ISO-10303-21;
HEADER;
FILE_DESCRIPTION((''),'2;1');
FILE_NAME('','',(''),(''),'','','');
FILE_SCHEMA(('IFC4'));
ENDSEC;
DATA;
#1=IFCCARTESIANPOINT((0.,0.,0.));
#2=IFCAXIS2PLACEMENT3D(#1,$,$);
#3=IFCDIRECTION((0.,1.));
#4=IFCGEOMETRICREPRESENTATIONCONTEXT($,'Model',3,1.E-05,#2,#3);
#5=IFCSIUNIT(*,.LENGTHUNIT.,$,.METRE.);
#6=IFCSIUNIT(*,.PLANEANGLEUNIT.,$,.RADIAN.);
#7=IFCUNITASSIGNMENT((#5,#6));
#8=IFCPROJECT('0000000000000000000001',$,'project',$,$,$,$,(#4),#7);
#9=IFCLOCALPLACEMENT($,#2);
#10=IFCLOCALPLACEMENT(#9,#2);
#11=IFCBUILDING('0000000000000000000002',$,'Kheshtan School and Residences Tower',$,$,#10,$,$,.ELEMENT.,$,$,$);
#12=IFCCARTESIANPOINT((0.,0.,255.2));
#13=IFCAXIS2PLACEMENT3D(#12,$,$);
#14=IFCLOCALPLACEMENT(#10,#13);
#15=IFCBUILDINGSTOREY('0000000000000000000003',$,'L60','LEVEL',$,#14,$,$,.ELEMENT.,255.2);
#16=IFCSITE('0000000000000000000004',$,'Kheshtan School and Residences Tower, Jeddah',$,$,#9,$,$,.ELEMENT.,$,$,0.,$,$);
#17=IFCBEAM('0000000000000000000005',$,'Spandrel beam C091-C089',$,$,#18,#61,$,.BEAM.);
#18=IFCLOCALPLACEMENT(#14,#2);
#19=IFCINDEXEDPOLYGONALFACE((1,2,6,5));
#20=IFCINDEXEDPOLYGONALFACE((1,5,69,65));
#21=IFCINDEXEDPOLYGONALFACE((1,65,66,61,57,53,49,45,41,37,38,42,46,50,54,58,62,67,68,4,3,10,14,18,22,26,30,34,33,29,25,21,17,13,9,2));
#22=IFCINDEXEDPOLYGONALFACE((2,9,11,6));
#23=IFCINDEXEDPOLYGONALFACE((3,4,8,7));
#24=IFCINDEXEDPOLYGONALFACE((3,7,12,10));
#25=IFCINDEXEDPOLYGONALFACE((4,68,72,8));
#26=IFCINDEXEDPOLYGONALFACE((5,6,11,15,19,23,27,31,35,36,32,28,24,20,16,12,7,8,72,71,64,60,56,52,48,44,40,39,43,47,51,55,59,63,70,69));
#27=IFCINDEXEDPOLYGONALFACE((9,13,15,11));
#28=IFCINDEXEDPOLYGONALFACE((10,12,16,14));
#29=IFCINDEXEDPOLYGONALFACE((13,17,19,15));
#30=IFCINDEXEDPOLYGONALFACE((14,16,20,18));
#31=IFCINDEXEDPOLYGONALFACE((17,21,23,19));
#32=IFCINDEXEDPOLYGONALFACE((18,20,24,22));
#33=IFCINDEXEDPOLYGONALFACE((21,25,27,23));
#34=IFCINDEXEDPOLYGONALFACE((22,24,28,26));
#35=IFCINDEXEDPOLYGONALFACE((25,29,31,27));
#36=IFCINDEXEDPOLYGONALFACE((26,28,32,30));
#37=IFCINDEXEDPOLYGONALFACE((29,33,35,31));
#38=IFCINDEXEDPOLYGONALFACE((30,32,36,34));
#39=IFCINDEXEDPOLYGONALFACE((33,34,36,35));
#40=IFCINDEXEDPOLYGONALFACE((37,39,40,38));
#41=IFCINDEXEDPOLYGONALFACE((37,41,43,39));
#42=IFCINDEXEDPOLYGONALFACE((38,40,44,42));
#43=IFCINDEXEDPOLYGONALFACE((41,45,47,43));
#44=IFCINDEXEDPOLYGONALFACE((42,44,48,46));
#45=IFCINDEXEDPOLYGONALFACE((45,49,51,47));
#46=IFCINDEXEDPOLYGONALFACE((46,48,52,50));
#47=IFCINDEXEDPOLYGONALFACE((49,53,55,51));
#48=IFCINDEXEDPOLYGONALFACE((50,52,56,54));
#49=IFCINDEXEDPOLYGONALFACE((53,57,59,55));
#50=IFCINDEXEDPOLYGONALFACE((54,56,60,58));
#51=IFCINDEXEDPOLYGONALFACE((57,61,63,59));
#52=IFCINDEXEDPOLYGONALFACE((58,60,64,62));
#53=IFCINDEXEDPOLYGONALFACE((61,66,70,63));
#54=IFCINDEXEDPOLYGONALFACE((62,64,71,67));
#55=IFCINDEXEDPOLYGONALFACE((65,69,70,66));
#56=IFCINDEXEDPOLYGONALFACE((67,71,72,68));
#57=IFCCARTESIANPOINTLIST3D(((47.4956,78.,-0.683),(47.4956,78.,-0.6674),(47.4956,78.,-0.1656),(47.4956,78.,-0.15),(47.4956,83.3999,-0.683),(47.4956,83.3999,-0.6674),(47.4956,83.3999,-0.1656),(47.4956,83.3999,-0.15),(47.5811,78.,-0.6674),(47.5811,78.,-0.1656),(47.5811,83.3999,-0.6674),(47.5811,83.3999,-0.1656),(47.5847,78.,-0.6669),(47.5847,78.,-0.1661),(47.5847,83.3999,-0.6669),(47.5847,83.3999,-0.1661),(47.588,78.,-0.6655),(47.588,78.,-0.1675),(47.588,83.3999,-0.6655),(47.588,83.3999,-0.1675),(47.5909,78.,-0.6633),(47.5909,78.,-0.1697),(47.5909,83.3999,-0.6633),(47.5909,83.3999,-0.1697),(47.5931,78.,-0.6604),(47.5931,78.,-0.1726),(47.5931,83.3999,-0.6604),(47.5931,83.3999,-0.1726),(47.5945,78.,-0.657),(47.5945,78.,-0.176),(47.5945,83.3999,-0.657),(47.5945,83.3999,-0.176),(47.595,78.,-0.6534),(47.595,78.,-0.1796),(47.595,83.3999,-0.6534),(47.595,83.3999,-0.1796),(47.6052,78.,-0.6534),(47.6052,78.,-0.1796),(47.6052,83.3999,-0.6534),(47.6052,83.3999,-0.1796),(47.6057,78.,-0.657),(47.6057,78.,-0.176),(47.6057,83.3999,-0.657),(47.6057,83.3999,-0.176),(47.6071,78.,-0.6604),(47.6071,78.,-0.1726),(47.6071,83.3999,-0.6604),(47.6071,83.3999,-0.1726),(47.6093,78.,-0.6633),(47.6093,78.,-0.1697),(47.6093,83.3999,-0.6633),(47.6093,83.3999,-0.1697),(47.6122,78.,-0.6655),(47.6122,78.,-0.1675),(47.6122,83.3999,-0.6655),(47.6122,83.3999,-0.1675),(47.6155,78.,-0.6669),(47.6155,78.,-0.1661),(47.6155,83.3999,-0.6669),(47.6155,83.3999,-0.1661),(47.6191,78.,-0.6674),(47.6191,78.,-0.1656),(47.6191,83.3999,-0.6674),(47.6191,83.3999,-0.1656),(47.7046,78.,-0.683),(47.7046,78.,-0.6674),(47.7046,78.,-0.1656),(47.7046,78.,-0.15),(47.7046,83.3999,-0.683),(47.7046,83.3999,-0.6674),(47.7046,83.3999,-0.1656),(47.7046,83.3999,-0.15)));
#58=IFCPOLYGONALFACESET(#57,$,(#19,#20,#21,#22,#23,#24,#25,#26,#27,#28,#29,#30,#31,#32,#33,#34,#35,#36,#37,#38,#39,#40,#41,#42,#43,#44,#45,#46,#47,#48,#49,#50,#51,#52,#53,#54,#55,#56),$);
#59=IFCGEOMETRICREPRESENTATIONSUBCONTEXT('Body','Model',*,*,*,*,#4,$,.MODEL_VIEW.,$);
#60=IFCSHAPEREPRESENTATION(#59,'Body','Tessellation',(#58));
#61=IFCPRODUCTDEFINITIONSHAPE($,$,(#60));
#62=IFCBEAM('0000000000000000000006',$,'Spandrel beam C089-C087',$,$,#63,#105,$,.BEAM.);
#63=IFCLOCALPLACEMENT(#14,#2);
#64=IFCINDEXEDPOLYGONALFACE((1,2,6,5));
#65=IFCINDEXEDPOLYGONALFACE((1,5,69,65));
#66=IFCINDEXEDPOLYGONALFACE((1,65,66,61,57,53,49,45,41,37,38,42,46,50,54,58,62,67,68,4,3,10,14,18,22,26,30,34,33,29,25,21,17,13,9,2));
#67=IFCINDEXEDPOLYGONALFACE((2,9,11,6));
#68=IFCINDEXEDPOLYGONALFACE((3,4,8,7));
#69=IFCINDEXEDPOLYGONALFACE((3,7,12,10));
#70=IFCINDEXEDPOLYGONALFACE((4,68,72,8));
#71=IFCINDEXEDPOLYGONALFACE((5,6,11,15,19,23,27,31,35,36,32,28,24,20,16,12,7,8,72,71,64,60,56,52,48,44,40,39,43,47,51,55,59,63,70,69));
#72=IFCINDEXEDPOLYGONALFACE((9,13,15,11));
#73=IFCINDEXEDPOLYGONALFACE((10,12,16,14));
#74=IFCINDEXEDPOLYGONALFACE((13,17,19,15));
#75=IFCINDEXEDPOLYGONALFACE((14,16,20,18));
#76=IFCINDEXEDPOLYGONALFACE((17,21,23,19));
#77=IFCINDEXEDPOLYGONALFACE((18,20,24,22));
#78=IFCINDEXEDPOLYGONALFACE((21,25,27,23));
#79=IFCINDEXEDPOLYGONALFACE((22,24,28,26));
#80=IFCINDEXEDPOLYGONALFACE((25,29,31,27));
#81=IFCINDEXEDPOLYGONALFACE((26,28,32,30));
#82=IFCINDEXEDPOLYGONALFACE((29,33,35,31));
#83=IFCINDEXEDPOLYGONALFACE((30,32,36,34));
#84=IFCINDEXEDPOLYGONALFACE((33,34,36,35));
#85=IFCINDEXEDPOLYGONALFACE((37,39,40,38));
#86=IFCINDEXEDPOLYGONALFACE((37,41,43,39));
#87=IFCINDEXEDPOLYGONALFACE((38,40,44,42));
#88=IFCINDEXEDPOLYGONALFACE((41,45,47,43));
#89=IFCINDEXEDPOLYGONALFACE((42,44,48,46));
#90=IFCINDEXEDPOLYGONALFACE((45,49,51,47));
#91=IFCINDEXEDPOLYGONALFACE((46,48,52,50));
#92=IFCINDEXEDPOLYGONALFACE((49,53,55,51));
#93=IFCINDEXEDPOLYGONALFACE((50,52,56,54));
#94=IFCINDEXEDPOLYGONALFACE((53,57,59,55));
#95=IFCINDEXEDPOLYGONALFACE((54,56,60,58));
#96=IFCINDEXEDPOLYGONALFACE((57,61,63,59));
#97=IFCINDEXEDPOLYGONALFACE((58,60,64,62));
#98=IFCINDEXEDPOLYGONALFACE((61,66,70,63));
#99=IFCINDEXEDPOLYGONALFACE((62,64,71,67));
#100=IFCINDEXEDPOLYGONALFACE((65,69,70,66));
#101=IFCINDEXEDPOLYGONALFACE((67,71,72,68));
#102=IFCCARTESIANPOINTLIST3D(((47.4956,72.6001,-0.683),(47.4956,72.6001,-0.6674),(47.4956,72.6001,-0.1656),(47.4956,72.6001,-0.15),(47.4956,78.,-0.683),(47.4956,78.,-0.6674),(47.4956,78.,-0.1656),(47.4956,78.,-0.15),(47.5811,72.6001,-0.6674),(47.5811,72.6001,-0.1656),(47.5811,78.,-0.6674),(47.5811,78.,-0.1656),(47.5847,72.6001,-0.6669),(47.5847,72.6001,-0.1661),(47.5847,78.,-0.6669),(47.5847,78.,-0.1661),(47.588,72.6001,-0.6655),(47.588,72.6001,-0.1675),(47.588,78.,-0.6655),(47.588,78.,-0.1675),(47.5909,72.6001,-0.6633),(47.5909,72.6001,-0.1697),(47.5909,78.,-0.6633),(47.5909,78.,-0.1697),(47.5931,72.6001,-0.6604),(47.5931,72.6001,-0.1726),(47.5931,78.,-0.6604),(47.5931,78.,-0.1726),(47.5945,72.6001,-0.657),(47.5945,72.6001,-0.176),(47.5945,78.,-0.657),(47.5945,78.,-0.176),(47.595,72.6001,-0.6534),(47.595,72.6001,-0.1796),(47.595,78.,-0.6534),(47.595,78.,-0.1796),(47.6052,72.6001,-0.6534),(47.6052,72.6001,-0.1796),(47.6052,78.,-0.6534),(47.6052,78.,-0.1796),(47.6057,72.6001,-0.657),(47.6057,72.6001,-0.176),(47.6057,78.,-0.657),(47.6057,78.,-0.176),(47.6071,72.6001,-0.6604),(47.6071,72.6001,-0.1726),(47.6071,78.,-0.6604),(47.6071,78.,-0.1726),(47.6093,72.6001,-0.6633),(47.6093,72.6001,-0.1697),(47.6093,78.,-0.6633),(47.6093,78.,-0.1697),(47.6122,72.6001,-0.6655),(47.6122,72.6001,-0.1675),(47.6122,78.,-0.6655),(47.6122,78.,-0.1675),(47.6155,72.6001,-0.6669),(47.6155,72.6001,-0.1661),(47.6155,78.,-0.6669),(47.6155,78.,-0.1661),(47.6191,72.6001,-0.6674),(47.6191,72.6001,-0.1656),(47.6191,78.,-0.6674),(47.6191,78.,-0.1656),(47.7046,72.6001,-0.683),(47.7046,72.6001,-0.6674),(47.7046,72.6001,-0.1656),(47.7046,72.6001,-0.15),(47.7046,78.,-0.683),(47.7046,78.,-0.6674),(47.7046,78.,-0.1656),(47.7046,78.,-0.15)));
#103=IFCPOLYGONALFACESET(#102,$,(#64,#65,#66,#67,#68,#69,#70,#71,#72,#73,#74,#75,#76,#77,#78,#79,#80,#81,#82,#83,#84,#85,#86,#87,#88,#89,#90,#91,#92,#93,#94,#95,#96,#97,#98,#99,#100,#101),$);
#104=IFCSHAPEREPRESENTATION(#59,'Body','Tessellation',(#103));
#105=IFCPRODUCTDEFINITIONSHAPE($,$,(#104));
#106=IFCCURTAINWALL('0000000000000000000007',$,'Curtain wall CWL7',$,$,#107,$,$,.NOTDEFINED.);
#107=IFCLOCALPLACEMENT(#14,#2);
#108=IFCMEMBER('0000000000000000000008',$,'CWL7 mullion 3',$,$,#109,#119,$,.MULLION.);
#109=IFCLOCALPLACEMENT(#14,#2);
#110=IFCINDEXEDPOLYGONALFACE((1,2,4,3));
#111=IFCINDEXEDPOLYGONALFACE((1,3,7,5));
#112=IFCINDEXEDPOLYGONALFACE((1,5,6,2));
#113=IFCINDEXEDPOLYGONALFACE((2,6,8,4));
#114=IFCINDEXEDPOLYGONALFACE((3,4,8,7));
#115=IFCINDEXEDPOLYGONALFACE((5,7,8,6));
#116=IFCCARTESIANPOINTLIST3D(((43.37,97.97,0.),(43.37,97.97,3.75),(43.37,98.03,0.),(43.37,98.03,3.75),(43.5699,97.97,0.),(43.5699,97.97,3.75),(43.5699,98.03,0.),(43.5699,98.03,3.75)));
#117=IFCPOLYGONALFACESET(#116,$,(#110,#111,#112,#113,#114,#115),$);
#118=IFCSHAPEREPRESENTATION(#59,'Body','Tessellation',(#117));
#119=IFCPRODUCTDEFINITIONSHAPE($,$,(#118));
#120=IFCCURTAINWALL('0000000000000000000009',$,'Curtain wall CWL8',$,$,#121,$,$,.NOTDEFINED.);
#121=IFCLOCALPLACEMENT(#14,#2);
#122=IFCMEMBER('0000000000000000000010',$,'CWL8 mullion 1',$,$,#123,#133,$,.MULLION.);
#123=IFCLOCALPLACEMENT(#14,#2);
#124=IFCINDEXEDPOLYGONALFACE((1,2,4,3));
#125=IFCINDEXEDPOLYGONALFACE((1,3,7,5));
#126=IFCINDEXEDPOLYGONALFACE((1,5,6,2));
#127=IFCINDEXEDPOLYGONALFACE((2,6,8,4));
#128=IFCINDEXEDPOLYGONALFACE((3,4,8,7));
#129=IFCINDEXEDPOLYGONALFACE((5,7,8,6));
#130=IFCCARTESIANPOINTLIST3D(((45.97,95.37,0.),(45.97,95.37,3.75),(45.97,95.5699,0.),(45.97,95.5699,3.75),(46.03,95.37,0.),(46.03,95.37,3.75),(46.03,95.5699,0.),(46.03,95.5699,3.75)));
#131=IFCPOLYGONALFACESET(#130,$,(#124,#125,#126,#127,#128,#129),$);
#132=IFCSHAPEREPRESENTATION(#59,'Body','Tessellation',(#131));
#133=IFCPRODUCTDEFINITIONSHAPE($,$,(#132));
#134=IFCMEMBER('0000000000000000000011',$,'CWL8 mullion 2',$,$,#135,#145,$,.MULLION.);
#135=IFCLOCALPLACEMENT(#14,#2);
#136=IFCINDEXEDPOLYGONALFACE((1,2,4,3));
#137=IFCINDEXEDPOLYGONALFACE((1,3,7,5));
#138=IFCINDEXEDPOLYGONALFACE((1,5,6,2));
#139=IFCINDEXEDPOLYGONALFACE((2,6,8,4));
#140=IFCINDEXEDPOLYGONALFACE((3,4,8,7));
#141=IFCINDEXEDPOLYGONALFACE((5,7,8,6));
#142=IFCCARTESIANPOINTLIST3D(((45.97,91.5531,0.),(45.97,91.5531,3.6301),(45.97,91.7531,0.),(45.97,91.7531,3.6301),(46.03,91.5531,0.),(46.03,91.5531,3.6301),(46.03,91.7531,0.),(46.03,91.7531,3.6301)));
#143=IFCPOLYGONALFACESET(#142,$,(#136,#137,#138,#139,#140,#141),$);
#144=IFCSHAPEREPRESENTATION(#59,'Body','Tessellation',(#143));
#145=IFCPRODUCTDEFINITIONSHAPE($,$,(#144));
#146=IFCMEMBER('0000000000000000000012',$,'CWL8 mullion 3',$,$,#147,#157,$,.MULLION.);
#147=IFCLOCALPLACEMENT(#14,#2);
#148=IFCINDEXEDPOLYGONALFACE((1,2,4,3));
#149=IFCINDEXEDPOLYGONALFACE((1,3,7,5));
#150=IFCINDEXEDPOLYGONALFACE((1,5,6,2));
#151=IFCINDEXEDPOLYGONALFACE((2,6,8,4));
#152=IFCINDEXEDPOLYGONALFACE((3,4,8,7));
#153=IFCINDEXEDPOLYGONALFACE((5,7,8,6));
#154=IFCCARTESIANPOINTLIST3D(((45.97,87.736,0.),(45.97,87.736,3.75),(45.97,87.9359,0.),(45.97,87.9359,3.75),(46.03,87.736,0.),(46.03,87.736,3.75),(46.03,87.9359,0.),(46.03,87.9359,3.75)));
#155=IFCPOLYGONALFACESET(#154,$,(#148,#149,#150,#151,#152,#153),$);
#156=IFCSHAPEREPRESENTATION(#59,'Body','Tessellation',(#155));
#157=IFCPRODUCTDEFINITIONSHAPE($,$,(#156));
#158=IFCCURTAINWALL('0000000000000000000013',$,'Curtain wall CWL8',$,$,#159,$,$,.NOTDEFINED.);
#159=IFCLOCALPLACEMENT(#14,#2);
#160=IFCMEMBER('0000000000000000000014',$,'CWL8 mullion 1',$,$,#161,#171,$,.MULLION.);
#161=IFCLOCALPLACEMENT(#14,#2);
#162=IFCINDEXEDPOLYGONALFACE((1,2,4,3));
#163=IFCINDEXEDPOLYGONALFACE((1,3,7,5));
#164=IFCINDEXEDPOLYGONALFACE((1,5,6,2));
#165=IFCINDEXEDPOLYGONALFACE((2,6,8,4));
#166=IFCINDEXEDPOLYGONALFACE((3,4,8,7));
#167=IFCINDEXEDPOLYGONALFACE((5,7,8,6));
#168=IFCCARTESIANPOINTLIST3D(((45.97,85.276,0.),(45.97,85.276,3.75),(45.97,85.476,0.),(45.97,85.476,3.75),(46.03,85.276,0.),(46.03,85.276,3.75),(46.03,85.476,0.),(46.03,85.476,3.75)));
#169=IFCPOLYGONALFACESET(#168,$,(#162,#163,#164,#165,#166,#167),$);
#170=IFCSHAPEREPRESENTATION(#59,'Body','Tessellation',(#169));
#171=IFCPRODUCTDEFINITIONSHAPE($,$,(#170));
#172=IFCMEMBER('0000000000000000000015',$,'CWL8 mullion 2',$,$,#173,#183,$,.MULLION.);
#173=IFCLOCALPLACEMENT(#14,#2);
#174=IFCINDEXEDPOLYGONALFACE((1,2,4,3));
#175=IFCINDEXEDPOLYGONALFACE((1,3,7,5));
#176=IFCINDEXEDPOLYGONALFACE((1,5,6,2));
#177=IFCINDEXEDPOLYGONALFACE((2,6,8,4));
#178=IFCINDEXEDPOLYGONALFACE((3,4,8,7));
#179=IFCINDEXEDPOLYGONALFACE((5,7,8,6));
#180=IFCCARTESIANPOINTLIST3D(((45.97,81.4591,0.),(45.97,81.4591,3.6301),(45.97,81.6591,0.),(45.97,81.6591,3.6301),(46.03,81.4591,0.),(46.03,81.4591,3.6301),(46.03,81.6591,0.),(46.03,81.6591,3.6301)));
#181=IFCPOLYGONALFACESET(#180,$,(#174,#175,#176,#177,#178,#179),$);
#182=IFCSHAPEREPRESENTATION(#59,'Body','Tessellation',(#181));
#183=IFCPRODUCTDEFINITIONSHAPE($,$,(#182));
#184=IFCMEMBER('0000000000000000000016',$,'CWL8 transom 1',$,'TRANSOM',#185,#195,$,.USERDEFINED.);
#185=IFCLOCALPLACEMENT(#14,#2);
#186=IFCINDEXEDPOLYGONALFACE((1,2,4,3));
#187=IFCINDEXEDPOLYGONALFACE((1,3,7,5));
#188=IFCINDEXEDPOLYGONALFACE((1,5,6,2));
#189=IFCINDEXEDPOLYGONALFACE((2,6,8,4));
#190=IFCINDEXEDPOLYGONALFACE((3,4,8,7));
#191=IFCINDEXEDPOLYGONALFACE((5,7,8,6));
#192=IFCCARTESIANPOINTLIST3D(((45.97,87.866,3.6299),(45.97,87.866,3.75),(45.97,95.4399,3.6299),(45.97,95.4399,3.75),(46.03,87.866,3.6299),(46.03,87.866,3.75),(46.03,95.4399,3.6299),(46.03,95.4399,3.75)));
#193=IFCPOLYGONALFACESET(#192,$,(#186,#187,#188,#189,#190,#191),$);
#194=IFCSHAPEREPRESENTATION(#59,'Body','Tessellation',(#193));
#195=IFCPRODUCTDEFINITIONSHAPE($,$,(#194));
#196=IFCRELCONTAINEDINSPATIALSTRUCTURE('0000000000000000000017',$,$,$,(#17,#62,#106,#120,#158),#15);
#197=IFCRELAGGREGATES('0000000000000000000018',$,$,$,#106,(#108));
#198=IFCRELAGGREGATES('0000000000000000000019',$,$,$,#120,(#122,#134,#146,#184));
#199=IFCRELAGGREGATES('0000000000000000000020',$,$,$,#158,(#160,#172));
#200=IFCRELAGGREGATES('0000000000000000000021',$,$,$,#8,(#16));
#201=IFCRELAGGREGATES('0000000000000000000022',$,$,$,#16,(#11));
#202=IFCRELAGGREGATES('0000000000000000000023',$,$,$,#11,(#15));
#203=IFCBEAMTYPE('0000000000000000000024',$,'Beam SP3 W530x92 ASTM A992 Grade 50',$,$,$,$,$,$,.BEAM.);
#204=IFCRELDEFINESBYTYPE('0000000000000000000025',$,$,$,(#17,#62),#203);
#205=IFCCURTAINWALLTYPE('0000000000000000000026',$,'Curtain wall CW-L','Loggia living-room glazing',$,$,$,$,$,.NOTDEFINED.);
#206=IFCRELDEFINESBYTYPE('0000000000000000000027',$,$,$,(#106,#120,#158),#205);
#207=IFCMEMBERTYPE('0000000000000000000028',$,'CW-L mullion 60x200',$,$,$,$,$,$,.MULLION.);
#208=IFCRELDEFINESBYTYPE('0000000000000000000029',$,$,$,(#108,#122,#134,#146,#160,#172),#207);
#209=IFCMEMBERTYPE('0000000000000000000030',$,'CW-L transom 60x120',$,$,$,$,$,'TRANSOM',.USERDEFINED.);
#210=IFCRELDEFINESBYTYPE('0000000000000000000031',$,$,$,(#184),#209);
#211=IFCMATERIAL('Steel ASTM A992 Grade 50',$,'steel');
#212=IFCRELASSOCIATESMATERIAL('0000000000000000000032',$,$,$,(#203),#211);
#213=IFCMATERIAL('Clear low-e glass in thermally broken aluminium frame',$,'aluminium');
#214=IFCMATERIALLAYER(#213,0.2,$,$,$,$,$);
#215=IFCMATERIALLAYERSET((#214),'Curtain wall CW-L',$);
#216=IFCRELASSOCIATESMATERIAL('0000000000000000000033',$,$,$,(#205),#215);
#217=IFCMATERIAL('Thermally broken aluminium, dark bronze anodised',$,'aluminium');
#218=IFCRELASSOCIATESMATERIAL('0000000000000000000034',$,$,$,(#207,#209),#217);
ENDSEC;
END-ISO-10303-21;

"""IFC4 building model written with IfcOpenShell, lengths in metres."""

from ifc_helpers import new_model, si_unit, direction, frame, origin, origin_2d, place, context, subcontext, project, spatial, rectangle, i_section, extrude, material, layer, layer_set, material_profile, profile_set, type_object, element, aggregate, save


model = new_model("IFC4")

# Units and contexts
model_context = context("Model", 3, precision=1e-05, world=origin(), true_north=direction((0.0, 1.0)))
body_context = subcontext(model_context, "Body", "Model", "MODEL_VIEW")
ifc_project = project(units=[si_unit("LENGTHUNIT", "METRE"), si_unit("PLANEANGLEUNIT", "RADIAN")], contexts=[model_context])

# Site, building, storey
site_placement = place(None, origin())
site = spatial("IfcSite", under=ifc_project, at=site_placement, Name="Kheshtan School and Residences Tower, Jeddah", CompositionType="ELEMENT", RefElevation=0.0)
building_placement = place(site_placement, origin())
building = spatial("IfcBuilding", under=site, at=building_placement, Name="Kheshtan School and Residences Tower", CompositionType="ELEMENT")
storey_placement = place(building_placement, frame((0.0, 0.0, 255.2)))
storey = spatial("IfcBuildingStorey", under=building, at=storey_placement, Name="L60", Description="LEVEL", CompositionType="ELEMENT", Elevation=255.2)

# Shared definitions
ifc_material_1 = material(Name="Steel ASTM A992 Grade 50", Category="steel")

# Beams
ifc_material_profile_1 = material_profile(ifc_material_1, i_section(OverallWidth=0.209, OverallDepth=0.533, WebThickness=0.0103, FlangeThickness=0.0156, FilletRadius=0.0139, at=origin_2d()), Name="W530x92")
ifc_profile_set_1 = profile_set([ifc_material_profile_1], Name="Steel ASTM A992 Grade 50")
beam_type_1 = type_object("IfcBeamType", Name="Beam SP3 W530x92 ASTM A992 Grade 50", PredefinedType="BEAM", material=ifc_profile_set_1)
for number, where, z_axis, x_axis, name in (
    (1, (47.6001, 83.3999, -0.4165), (0.0, -1.0, 0.0), (1.0, 0.0, 0.0), "Spandrel beam C091-C089"),
    (2, (47.6001, 78.0, -0.4165), (0.0, -1.0, 0.0), (1.0, 0.0, 0.0), "Spandrel beam C089-C087"),
):
    element("IfcBeam", number, at=place(storey_placement, frame(where, z_axis=z_axis, x_axis=x_axis)), inside=storey, type_object=beam_type_1, Name=name, PredefinedType="BEAM", context=body_context, shape_type="SweptSolid", body=[
        extrude(i_section(OverallWidth=0.209, OverallDepth=0.533, WebThickness=0.0103, FlangeThickness=0.0156, FilletRadius=0.0139, at=origin_2d()), origin(), (0.0, 0.0, 1.0), 5.3999),
    ])

# Curtain wall, member
ifc_material_2 = material(Name="Clear low-e glass in thermally broken aluminium frame", Category="aluminium")
ifc_layer_1 = layer(ifc_material_2, 0.2)
ifc_layer_set_1 = layer_set([ifc_layer_1], Name="Curtain wall CW-L")
curtain_wall_type = type_object("IfcCurtainWallType", Name="Curtain wall CW-L", Description="Loggia living-room glazing", PredefinedType="NOTDEFINED", material=ifc_layer_set_1)
curtain_wall_1_placement = place(storey_placement, origin())
curtain_wall_1 = element("IfcCurtainWall", 3, at=curtain_wall_1_placement, inside=storey, type_object=curtain_wall_type, Name="Curtain wall CWL7", PredefinedType="NOTDEFINED")
ifc_material_3 = material(Name="Thermally broken aluminium, dark bronze anodised", Category="aluminium")
ifc_material_profile_2 = material_profile(ifc_material_3, rectangle(XDim=0.0601, YDim=0.2, at=origin_2d()), Name="CW-L mullion 60x200")
ifc_profile_set_2 = profile_set([ifc_material_profile_2], Name="Thermally broken aluminium, dark bronze anodised")
member_type_1 = type_object("IfcMemberType", Name="CW-L mullion 60x200", PredefinedType="MULLION", material=ifc_profile_set_2)
member_1_placement = place(storey_placement, frame((43.47, 98.0, 0.0), z_axis=(0.0, 0.0, 1.0), x_axis=(0.0, 1.0, 0.0)))
member_1 = element("IfcMember", 4, at=member_1_placement, type_object=member_type_1, Name="CWL7 mullion 3", PredefinedType="MULLION", context=body_context, shape_type="SweptSolid", body=[
    extrude(rectangle(XDim=0.0601, YDim=0.2, at=origin_2d()), origin(), (0.0, 0.0, 1.0), 3.75),
])
aggregate(curtain_wall_1, [member_1])

# Curtain walls, members
curtain_wall_2_placement = place(storey_placement, origin())
curtain_wall_2 = element("IfcCurtainWall", 5, at=curtain_wall_2_placement, inside=storey, type_object=curtain_wall_type, Name="Curtain wall CWL8", PredefinedType="NOTDEFINED")
member_2_placement = place(storey_placement, frame((46.0, 95.47, 0.0), z_axis=(0.0, 0.0, 1.0), x_axis=(1.0, 0.0, 0.0)))
member_2 = element("IfcMember", 6, at=member_2_placement, type_object=member_type_1, Name="CWL8 mullion 1", PredefinedType="MULLION", context=body_context, shape_type="SweptSolid", body=[
    extrude(rectangle(XDim=0.0601, YDim=0.2, at=origin_2d()), origin(), (0.0, 0.0, 1.0), 3.75),
])
member_3_placement = place(storey_placement, frame((46.0, 91.6531, 0.0), z_axis=(0.0, 0.0, 1.0), x_axis=(1.0, 0.0, 0.0)))
member_3 = element("IfcMember", 7, at=member_3_placement, type_object=member_type_1, Name="CWL8 mullion 2", PredefinedType="MULLION", context=body_context, shape_type="SweptSolid", body=[
    extrude(rectangle(XDim=0.0601, YDim=0.2, at=origin_2d()), origin(), (0.0, 0.0, 1.0), 3.6301),
])
member_4_placement = place(storey_placement, frame((46.0, 87.8359, 0.0), z_axis=(0.0, 0.0, 1.0), x_axis=(1.0, 0.0, 0.0)))
member_4 = element("IfcMember", 8, at=member_4_placement, type_object=member_type_1, Name="CWL8 mullion 3", PredefinedType="MULLION", context=body_context, shape_type="SweptSolid", body=[
    extrude(rectangle(XDim=0.0601, YDim=0.2, at=origin_2d()), origin(), (0.0, 0.0, 1.0), 3.75),
])
curtain_wall_3_placement = place(storey_placement, origin())
curtain_wall_3 = element("IfcCurtainWall", 9, at=curtain_wall_3_placement, inside=storey, type_object=curtain_wall_type, Name="Curtain wall CWL8", PredefinedType="NOTDEFINED")
member_5_placement = place(storey_placement, frame((46.0, 85.376, 0.0), z_axis=(0.0, 0.0, 1.0), x_axis=(1.0, 0.0, 0.0)))
member_5 = element("IfcMember", 10, at=member_5_placement, type_object=member_type_1, Name="CWL8 mullion 1", PredefinedType="MULLION", context=body_context, shape_type="SweptSolid", body=[
    extrude(rectangle(XDim=0.0601, YDim=0.2, at=origin_2d()), origin(), (0.0, 0.0, 1.0), 3.75),
])
member_6_placement = place(storey_placement, frame((46.0, 81.5591, 0.0), z_axis=(0.0, 0.0, 1.0), x_axis=(1.0, 0.0, 0.0)))
member_6 = element("IfcMember", 11, at=member_6_placement, type_object=member_type_1, Name="CWL8 mullion 2", PredefinedType="MULLION", context=body_context, shape_type="SweptSolid", body=[
    extrude(rectangle(XDim=0.0601, YDim=0.2, at=origin_2d()), origin(), (0.0, 0.0, 1.0), 3.6301),
])

# Member
ifc_material_profile_3 = material_profile(ifc_material_3, rectangle(XDim=0.0601, YDim=0.1201, at=origin_2d()), Name="CW-L transom 60x120")
ifc_profile_set_3 = profile_set([ifc_material_profile_3], Name="Thermally broken aluminium, dark bronze anodised")
member_type_2 = type_object("IfcMemberType", Name="CW-L transom 60x120", ElementType="TRANSOM", PredefinedType="USERDEFINED", material=ifc_profile_set_3)
member_7_placement = place(storey_placement, frame((46.0, 95.4399, 3.6899), z_axis=(0.0, -1.0, 0.0), x_axis=(1.0, 0.0, 0.0)))
member_7 = element("IfcMember", 12, at=member_7_placement, type_object=member_type_2, Name="CWL8 transom 1", ObjectType="TRANSOM", PredefinedType="USERDEFINED", context=body_context, shape_type="SweptSolid", body=[
    extrude(rectangle(XDim=0.0601, YDim=0.1201, at=origin_2d()), origin(), (0.0, 0.0, 1.0), 7.574),
])

aggregate(curtain_wall_2, [member_2, member_3, member_4, member_7])
aggregate(curtain_wall_3, [member_5, member_6])

save(model, "model.ifc")
